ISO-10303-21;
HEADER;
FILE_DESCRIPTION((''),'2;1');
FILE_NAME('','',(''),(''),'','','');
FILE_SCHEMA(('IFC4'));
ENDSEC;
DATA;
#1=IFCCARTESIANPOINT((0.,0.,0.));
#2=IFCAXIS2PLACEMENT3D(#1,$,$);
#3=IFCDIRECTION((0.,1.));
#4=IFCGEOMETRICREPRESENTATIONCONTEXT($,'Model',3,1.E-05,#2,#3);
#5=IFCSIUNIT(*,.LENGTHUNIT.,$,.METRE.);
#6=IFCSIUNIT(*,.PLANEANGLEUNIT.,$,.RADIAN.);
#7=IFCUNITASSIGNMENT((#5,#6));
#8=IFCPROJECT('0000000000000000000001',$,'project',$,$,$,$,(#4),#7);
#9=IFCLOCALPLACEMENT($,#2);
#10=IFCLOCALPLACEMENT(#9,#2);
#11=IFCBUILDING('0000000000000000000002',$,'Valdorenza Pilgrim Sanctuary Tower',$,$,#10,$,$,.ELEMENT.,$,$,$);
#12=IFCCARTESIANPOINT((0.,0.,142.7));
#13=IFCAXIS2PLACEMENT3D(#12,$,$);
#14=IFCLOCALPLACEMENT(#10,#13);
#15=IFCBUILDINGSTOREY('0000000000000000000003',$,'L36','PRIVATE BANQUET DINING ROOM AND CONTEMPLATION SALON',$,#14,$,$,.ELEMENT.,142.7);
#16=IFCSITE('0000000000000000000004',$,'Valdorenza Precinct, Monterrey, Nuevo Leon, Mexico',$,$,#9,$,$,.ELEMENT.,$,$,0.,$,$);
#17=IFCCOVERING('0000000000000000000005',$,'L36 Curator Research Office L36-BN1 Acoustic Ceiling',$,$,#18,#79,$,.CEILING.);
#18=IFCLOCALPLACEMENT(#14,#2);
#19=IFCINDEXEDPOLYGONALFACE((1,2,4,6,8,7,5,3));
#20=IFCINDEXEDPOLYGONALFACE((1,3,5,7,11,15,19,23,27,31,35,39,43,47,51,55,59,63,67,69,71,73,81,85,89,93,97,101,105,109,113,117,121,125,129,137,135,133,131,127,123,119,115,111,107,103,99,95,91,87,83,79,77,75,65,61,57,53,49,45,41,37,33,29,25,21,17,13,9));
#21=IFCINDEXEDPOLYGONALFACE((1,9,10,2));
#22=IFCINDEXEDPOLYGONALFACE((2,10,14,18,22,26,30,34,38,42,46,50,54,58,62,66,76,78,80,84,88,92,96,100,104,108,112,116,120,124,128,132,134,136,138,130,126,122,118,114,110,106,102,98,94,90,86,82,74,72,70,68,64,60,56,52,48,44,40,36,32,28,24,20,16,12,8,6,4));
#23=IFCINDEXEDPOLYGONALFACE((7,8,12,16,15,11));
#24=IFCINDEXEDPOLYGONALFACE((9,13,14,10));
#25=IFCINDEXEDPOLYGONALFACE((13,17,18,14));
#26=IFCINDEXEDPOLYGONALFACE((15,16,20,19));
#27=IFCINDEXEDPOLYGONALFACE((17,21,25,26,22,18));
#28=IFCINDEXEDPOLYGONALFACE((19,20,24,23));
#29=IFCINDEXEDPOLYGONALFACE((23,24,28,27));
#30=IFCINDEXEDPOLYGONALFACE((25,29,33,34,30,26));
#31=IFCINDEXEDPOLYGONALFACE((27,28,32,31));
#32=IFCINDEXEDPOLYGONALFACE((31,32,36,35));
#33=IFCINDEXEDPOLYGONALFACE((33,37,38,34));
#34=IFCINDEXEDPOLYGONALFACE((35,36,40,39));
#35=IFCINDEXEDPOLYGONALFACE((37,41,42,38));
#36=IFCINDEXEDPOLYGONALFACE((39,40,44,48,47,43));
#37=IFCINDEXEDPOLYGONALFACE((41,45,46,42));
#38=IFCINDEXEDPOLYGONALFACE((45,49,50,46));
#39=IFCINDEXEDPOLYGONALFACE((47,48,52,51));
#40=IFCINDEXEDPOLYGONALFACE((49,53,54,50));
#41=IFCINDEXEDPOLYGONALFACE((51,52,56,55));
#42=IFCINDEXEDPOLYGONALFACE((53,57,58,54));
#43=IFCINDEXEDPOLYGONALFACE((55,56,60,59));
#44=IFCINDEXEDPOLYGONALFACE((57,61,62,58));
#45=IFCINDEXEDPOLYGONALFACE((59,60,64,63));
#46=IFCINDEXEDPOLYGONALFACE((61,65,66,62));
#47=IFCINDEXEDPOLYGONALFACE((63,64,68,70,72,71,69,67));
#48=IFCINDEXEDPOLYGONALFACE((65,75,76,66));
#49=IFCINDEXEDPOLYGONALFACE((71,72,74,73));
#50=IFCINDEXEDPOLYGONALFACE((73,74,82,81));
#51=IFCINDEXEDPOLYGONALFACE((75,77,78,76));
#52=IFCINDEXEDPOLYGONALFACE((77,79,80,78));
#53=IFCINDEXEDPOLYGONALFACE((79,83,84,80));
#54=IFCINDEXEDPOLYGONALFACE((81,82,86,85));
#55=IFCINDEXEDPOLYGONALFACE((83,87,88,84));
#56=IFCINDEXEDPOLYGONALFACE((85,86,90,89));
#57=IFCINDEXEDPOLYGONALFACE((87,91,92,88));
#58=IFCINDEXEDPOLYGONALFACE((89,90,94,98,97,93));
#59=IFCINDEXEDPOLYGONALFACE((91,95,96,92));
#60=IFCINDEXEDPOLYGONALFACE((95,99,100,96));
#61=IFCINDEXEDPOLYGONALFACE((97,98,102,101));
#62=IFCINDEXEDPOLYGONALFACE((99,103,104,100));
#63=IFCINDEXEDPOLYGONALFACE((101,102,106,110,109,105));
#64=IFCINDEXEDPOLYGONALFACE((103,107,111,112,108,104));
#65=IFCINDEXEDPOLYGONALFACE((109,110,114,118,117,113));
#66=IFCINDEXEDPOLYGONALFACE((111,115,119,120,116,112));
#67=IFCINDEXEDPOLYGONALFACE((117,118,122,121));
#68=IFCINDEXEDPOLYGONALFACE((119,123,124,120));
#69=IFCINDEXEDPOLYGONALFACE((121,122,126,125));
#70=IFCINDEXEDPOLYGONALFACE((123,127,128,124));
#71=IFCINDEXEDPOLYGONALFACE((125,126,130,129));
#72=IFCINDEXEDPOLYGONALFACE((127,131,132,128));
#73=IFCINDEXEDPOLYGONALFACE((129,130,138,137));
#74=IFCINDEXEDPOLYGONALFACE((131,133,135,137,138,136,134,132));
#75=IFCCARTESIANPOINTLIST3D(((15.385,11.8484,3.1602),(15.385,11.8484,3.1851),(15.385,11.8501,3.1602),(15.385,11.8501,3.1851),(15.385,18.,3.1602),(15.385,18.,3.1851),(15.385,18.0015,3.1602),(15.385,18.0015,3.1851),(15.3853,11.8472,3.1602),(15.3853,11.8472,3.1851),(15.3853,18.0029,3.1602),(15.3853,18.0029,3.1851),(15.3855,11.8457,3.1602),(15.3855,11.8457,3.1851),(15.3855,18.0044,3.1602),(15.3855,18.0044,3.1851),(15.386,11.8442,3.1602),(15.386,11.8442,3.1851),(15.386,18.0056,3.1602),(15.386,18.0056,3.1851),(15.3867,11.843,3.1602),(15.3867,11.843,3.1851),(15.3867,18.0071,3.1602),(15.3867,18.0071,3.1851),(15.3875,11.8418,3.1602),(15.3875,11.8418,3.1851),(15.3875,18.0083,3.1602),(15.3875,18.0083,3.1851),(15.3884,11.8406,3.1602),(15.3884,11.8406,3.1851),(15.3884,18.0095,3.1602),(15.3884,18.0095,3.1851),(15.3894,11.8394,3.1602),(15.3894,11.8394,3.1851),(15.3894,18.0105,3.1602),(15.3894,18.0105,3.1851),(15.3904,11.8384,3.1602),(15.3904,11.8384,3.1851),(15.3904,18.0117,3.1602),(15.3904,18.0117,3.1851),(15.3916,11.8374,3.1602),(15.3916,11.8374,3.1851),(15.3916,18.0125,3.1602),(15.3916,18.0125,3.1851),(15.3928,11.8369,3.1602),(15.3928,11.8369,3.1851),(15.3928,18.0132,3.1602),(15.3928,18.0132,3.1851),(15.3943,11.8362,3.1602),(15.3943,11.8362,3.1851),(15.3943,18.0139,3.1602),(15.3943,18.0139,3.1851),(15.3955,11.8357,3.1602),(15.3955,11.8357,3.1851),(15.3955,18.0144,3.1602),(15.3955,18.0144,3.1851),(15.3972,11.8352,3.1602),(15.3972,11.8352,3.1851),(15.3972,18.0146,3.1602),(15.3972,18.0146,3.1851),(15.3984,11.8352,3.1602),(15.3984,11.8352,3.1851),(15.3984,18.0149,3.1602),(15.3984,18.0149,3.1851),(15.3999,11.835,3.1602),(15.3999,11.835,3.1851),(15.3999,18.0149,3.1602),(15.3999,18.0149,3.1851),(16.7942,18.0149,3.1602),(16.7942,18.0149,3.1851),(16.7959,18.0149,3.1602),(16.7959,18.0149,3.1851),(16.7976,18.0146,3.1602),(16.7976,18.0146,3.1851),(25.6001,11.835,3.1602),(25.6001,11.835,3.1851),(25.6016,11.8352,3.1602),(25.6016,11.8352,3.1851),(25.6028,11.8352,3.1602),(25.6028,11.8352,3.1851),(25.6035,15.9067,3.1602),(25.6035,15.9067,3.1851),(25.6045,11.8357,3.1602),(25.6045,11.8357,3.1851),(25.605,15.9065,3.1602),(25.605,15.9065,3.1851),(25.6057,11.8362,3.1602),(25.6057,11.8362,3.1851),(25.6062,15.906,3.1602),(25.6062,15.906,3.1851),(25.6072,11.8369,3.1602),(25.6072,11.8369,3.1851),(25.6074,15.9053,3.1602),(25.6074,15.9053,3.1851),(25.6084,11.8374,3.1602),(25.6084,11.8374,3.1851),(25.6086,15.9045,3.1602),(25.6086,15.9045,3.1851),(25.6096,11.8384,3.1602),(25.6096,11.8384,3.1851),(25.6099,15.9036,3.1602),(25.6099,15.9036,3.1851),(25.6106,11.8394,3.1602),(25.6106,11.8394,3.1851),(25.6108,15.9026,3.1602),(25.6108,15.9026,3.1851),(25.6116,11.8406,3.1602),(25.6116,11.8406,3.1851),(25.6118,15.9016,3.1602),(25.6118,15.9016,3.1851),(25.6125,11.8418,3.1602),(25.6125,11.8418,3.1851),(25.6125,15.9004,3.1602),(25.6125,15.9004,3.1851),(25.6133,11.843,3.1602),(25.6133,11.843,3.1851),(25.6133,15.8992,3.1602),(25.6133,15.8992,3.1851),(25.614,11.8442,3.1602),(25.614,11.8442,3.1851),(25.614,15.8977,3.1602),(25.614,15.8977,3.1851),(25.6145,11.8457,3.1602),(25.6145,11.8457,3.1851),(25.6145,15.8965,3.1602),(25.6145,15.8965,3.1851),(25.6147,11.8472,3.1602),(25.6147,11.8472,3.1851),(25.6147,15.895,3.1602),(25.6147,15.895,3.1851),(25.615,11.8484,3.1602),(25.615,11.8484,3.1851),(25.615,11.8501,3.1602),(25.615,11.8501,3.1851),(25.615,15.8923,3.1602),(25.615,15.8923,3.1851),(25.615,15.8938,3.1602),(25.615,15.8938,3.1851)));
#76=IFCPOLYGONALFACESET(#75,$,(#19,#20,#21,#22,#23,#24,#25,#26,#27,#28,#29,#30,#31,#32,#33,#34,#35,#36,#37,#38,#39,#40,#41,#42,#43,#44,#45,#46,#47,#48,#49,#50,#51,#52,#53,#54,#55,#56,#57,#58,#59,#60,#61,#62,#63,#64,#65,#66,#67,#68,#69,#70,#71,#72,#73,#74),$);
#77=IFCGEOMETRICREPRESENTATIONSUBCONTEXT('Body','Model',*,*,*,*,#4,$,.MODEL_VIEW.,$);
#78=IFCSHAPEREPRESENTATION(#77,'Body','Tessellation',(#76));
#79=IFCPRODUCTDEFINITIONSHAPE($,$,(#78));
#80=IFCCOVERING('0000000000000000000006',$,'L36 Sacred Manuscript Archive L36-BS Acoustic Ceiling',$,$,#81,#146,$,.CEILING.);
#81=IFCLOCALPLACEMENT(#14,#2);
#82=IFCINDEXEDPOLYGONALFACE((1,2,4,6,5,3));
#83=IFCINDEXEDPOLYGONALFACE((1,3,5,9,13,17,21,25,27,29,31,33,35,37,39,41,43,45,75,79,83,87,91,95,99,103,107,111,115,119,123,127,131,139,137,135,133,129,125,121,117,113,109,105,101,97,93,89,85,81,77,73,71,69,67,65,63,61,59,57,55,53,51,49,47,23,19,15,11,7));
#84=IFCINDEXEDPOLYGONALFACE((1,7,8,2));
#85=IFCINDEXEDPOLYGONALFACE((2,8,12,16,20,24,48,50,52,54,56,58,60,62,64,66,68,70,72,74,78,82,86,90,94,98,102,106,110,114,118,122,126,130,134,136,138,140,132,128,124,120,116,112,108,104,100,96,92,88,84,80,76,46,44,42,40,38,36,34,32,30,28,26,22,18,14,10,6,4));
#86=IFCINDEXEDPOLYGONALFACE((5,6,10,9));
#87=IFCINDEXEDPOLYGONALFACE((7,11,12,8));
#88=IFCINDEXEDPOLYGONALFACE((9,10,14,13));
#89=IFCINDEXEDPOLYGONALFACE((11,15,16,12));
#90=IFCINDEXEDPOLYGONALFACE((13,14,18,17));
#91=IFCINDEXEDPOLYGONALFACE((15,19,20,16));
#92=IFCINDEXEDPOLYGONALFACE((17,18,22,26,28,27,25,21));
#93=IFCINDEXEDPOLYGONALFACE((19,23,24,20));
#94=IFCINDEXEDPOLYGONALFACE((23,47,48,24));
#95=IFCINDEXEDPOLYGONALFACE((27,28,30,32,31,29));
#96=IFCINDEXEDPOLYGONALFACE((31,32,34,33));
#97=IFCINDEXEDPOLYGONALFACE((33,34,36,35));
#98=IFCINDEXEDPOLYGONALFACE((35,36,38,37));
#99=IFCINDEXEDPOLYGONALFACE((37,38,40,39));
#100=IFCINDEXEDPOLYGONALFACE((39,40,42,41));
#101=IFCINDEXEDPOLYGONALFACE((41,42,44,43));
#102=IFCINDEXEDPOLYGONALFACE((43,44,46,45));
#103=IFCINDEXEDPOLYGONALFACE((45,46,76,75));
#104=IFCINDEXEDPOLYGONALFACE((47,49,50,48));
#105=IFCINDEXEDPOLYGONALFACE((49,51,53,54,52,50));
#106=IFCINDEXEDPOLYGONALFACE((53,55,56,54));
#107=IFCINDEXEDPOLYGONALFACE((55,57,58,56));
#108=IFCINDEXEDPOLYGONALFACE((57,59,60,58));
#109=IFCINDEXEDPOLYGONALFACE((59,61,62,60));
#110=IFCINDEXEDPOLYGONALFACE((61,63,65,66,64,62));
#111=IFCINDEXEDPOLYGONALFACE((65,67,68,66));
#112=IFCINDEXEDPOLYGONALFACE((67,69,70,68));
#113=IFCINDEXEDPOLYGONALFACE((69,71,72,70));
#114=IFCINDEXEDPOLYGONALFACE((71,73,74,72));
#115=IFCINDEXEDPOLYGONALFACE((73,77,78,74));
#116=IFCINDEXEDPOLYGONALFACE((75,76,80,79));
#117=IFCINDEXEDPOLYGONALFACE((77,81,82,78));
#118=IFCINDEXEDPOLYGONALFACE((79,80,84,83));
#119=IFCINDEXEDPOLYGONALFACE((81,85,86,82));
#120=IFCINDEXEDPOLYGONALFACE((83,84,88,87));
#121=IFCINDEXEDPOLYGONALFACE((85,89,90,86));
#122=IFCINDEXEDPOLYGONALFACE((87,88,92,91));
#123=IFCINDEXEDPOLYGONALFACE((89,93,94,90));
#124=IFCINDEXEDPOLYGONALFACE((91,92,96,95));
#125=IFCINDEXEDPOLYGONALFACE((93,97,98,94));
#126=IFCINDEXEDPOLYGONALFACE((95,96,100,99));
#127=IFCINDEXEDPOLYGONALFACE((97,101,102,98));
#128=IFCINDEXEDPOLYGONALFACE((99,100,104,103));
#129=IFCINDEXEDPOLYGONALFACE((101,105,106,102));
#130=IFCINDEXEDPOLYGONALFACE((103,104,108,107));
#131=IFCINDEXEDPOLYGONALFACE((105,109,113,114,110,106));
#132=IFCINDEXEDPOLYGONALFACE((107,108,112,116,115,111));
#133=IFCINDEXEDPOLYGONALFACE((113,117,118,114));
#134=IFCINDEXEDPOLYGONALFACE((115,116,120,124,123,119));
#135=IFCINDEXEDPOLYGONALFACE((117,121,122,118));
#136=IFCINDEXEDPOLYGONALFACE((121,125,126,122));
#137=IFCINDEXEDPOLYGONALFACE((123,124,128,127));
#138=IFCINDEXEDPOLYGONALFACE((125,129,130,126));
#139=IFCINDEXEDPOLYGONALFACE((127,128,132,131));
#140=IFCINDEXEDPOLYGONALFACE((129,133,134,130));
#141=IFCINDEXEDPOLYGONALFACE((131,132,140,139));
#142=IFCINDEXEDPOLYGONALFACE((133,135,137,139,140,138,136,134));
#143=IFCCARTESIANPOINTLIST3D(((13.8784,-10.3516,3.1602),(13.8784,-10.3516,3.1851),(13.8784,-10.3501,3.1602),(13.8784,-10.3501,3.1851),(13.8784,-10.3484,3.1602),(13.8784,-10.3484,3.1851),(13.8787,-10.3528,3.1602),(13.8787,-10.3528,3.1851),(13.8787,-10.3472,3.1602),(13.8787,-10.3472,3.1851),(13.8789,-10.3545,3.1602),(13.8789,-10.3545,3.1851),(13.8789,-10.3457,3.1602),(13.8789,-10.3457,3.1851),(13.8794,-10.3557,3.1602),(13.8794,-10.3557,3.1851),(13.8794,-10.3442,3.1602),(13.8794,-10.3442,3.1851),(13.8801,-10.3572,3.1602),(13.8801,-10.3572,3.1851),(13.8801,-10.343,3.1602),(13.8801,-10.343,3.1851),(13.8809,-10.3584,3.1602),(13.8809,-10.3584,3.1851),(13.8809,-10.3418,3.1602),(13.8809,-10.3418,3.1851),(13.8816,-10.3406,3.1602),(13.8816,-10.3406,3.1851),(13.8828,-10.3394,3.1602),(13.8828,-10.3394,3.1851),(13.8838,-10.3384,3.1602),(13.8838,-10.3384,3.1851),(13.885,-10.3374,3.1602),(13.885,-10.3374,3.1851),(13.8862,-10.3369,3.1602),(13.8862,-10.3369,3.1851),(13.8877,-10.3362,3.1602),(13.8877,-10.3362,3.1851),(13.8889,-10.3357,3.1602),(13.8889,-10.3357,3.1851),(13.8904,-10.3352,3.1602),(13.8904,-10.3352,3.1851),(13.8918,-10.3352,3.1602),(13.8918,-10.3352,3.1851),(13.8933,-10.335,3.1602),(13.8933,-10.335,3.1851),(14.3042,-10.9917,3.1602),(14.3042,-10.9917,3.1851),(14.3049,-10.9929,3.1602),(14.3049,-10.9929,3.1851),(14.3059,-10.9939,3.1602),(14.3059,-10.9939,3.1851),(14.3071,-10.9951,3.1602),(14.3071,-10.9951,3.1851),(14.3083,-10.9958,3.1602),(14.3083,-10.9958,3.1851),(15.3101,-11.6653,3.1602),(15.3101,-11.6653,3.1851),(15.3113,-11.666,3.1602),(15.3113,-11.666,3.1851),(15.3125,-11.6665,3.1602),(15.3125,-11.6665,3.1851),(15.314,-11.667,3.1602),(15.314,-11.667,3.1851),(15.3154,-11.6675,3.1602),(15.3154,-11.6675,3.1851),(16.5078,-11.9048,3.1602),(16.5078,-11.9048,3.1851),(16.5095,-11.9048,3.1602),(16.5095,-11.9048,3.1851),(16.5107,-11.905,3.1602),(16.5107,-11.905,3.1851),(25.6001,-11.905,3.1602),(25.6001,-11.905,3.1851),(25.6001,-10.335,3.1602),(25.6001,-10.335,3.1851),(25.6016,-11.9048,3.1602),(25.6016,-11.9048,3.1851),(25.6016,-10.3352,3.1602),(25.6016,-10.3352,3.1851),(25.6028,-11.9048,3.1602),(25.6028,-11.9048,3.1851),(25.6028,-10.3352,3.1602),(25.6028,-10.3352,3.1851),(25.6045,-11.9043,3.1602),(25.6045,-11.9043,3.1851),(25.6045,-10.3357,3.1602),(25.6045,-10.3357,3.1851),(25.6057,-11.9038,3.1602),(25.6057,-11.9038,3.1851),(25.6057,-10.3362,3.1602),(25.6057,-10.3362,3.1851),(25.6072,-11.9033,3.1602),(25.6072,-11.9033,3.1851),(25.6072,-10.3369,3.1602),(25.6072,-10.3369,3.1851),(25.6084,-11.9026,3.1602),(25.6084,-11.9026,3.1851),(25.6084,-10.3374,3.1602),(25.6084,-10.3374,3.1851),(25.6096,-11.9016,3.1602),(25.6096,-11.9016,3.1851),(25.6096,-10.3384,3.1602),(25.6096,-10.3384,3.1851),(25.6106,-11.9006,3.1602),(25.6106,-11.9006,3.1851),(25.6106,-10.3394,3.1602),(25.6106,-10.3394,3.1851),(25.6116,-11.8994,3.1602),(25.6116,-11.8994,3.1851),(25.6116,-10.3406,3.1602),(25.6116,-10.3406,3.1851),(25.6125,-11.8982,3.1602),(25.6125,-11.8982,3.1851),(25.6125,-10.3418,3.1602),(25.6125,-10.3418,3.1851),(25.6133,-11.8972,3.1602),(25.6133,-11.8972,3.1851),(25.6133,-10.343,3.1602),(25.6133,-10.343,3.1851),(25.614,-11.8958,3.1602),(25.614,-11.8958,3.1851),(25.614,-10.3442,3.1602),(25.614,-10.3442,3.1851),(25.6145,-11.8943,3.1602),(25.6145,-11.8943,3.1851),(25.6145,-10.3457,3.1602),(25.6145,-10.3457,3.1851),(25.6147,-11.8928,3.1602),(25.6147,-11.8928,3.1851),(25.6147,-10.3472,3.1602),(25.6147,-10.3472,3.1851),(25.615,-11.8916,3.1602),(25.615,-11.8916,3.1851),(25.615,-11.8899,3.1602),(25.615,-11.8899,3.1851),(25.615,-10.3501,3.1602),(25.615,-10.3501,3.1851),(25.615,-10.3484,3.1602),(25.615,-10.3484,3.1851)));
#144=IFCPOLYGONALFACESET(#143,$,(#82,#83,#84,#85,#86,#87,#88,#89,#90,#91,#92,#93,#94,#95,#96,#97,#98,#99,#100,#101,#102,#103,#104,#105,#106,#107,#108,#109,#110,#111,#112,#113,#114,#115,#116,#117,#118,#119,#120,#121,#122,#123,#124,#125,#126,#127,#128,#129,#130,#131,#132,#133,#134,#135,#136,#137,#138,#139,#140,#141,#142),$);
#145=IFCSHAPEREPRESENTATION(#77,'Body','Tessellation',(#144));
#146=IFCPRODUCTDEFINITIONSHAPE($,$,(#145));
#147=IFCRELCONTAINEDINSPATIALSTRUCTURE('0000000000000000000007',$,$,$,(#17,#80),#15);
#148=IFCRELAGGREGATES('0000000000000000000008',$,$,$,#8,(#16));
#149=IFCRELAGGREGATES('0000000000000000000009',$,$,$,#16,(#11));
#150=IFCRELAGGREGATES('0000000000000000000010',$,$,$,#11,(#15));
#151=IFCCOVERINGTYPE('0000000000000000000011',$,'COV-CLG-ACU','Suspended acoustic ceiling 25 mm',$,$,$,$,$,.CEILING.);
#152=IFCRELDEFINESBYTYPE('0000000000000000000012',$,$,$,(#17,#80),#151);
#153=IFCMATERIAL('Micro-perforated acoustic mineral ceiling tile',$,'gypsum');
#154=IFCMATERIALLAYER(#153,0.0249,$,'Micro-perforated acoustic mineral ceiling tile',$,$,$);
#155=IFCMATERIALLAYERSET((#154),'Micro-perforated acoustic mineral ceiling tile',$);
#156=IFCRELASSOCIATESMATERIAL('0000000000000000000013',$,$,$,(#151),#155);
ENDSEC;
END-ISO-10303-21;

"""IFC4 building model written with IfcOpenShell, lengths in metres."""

from ifc_helpers import new_model, si_unit, direction, frame, origin, place, context, subcontext, project, spatial, polyline, outline, extrude, material, layer, layer_set, type_object, element, save


model = new_model("IFC4")

# Units and contexts
model_context = context("Model", 3, precision=1e-05, world=origin(), true_north=direction((0.0, 1.0)))
body_context = subcontext(model_context, "Body", "Model", "MODEL_VIEW")
ifc_project = project(units=[si_unit("LENGTHUNIT", "METRE"), si_unit("PLANEANGLEUNIT", "RADIAN")], contexts=[model_context])

# Site, building, storey
site_placement = place(None, origin())
site = spatial("IfcSite", under=ifc_project, at=site_placement, Name="Valdorenza Precinct, Monterrey, Nuevo Leon, Mexico", CompositionType="ELEMENT", RefElevation=0.0)
building_placement = place(site_placement, origin())
building = spatial("IfcBuilding", under=site, at=building_placement, Name="Valdorenza Pilgrim Sanctuary Tower", CompositionType="ELEMENT")
storey_placement = place(building_placement, frame((0.0, 0.0, 142.7)))
storey = spatial("IfcBuildingStorey", under=building, at=storey_placement, Name="L36", Description="PRIVATE BANQUET DINING ROOM AND CONTEMPLATION SALON", CompositionType="ELEMENT", Elevation=142.7)

# Coverings
ifc_material_1 = material(Name="Micro-perforated acoustic mineral ceiling tile", Category="gypsum")
ifc_layer_1 = layer(ifc_material_1, 0.0249, Name="Micro-perforated acoustic mineral ceiling tile")
ifc_layer_set_1 = layer_set([ifc_layer_1], Name="Micro-perforated acoustic mineral ceiling tile")
covering_type_1 = type_object("IfcCoveringType", Name="COV-CLG-ACU", Description="Suspended acoustic ceiling 25 mm", PredefinedType="CEILING", material=ifc_layer_set_1)
covering_1_placement = place(storey_placement, frame((0.0, 0.0, 3.1602)))
element("IfcCovering", 1, at=covering_1_placement, inside=storey, type_object=covering_type_1, Name="L36 Curator Research Office L36-BN1 Acoustic Ceiling", PredefinedType="CEILING", context=body_context, shape_type="SweptSolid", body=[
    extrude(outline(polyline([(15.3999, 11.835), (15.3984, 11.8352), (15.3972, 11.8352), (15.3955, 11.8357), (15.3943, 11.8362), (15.3928, 11.8369), (15.3916, 11.8374), (15.3904, 11.8384), (15.3894, 11.8394), (15.3884, 11.8406), (15.3875, 11.8418), (15.3867, 11.843), (15.386, 11.8442), (15.3855, 11.8457), (15.3853, 11.8472), (15.385, 11.8484), (15.385, 11.8501), (15.385, 18.0), (15.385, 18.0015), (15.3853, 18.0029), (15.3855, 18.0044), (15.386, 18.0056), (15.3867, 18.0071), (15.3875, 18.0083), (15.3884, 18.0095), (15.3894, 18.0105), (15.3904, 18.0117), (15.3916, 18.0125), (15.3928, 18.0132), (15.3943, 18.0139), (15.3955, 18.0144), (15.3972, 18.0146), (15.3984, 18.0149), (15.3999, 18.0149), (16.7942, 18.0149), (16.7959, 18.0149), (16.7976, 18.0146), (25.6035, 15.9067), (25.605, 15.9065), (25.6062, 15.906), (25.6074, 15.9053), (25.6086, 15.9045), (25.6099, 15.9036), (25.6108, 15.9026), (25.6118, 15.9016), (25.6125, 15.9004), (25.6133, 15.8992), (25.614, 15.8977), (25.6145, 15.8965), (25.6147, 15.895), (25.615, 15.8938), (25.615, 15.8923), (25.615, 11.8501), (25.615, 11.8484), (25.6147, 11.8472), (25.6145, 11.8457), (25.614, 11.8442), (25.6133, 11.843), (25.6125, 11.8418), (25.6116, 11.8406), (25.6106, 11.8394), (25.6096, 11.8384), (25.6084, 11.8374), (25.6072, 11.8369), (25.6057, 11.8362), (25.6045, 11.8357), (25.6028, 11.8352), (25.6016, 11.8352), (25.6001, 11.835), (15.3999, 11.835)])), origin(), (0.0, 0.0, 1.0), 0.0249),
])
covering_2_placement = place(storey_placement, frame((0.0, 0.0, 3.1602)))
element("IfcCovering", 2, at=covering_2_placement, inside=storey, type_object=covering_type_1, Name="L36 Sacred Manuscript Archive L36-BS Acoustic Ceiling", PredefinedType="CEILING", context=body_context, shape_type="SweptSolid", body=[
    extrude(outline(polyline([(25.615, -11.8899), (25.615, -11.8916), (25.6147, -11.8928), (25.6145, -11.8943), (25.614, -11.8958), (25.6133, -11.8972), (25.6125, -11.8982), (25.6116, -11.8994), (25.6106, -11.9006), (25.6096, -11.9016), (25.6084, -11.9026), (25.6072, -11.9033), (25.6057, -11.9038), (25.6045, -11.9043), (25.6028, -11.9048), (25.6016, -11.9048), (25.6001, -11.905), (16.5107, -11.905), (16.5095, -11.9048), (16.5078, -11.9048), (15.3154, -11.6675), (15.314, -11.667), (15.3125, -11.6665), (15.3113, -11.666), (15.3101, -11.6653), (14.3083, -10.9958), (14.3071, -10.9951), (14.3059, -10.9939), (14.3049, -10.9929), (14.3042, -10.9917), (13.8809, -10.3584), (13.8801, -10.3572), (13.8794, -10.3557), (13.8789, -10.3545), (13.8787, -10.3528), (13.8784, -10.3516), (13.8784, -10.3501), (13.8784, -10.3484), (13.8787, -10.3472), (13.8789, -10.3457), (13.8794, -10.3442), (13.8801, -10.343), (13.8809, -10.3418), (13.8816, -10.3406), (13.8828, -10.3394), (13.8838, -10.3384), (13.885, -10.3374), (13.8862, -10.3369), (13.8877, -10.3362), (13.8889, -10.3357), (13.8904, -10.3352), (13.8918, -10.3352), (13.8933, -10.335), (25.6001, -10.335), (25.6016, -10.3352), (25.6028, -10.3352), (25.6045, -10.3357), (25.6057, -10.3362), (25.6072, -10.3369), (25.6084, -10.3374), (25.6096, -10.3384), (25.6106, -10.3394), (25.6116, -10.3406), (25.6125, -10.3418), (25.6133, -10.343), (25.614, -10.3442), (25.6145, -10.3457), (25.6147, -10.3472), (25.615, -10.3484), (25.615, -10.3501), (25.615, -11.8899)])), origin(), (0.0, 0.0, 1.0), 0.0249),
])

save(model, "model.ifc")
